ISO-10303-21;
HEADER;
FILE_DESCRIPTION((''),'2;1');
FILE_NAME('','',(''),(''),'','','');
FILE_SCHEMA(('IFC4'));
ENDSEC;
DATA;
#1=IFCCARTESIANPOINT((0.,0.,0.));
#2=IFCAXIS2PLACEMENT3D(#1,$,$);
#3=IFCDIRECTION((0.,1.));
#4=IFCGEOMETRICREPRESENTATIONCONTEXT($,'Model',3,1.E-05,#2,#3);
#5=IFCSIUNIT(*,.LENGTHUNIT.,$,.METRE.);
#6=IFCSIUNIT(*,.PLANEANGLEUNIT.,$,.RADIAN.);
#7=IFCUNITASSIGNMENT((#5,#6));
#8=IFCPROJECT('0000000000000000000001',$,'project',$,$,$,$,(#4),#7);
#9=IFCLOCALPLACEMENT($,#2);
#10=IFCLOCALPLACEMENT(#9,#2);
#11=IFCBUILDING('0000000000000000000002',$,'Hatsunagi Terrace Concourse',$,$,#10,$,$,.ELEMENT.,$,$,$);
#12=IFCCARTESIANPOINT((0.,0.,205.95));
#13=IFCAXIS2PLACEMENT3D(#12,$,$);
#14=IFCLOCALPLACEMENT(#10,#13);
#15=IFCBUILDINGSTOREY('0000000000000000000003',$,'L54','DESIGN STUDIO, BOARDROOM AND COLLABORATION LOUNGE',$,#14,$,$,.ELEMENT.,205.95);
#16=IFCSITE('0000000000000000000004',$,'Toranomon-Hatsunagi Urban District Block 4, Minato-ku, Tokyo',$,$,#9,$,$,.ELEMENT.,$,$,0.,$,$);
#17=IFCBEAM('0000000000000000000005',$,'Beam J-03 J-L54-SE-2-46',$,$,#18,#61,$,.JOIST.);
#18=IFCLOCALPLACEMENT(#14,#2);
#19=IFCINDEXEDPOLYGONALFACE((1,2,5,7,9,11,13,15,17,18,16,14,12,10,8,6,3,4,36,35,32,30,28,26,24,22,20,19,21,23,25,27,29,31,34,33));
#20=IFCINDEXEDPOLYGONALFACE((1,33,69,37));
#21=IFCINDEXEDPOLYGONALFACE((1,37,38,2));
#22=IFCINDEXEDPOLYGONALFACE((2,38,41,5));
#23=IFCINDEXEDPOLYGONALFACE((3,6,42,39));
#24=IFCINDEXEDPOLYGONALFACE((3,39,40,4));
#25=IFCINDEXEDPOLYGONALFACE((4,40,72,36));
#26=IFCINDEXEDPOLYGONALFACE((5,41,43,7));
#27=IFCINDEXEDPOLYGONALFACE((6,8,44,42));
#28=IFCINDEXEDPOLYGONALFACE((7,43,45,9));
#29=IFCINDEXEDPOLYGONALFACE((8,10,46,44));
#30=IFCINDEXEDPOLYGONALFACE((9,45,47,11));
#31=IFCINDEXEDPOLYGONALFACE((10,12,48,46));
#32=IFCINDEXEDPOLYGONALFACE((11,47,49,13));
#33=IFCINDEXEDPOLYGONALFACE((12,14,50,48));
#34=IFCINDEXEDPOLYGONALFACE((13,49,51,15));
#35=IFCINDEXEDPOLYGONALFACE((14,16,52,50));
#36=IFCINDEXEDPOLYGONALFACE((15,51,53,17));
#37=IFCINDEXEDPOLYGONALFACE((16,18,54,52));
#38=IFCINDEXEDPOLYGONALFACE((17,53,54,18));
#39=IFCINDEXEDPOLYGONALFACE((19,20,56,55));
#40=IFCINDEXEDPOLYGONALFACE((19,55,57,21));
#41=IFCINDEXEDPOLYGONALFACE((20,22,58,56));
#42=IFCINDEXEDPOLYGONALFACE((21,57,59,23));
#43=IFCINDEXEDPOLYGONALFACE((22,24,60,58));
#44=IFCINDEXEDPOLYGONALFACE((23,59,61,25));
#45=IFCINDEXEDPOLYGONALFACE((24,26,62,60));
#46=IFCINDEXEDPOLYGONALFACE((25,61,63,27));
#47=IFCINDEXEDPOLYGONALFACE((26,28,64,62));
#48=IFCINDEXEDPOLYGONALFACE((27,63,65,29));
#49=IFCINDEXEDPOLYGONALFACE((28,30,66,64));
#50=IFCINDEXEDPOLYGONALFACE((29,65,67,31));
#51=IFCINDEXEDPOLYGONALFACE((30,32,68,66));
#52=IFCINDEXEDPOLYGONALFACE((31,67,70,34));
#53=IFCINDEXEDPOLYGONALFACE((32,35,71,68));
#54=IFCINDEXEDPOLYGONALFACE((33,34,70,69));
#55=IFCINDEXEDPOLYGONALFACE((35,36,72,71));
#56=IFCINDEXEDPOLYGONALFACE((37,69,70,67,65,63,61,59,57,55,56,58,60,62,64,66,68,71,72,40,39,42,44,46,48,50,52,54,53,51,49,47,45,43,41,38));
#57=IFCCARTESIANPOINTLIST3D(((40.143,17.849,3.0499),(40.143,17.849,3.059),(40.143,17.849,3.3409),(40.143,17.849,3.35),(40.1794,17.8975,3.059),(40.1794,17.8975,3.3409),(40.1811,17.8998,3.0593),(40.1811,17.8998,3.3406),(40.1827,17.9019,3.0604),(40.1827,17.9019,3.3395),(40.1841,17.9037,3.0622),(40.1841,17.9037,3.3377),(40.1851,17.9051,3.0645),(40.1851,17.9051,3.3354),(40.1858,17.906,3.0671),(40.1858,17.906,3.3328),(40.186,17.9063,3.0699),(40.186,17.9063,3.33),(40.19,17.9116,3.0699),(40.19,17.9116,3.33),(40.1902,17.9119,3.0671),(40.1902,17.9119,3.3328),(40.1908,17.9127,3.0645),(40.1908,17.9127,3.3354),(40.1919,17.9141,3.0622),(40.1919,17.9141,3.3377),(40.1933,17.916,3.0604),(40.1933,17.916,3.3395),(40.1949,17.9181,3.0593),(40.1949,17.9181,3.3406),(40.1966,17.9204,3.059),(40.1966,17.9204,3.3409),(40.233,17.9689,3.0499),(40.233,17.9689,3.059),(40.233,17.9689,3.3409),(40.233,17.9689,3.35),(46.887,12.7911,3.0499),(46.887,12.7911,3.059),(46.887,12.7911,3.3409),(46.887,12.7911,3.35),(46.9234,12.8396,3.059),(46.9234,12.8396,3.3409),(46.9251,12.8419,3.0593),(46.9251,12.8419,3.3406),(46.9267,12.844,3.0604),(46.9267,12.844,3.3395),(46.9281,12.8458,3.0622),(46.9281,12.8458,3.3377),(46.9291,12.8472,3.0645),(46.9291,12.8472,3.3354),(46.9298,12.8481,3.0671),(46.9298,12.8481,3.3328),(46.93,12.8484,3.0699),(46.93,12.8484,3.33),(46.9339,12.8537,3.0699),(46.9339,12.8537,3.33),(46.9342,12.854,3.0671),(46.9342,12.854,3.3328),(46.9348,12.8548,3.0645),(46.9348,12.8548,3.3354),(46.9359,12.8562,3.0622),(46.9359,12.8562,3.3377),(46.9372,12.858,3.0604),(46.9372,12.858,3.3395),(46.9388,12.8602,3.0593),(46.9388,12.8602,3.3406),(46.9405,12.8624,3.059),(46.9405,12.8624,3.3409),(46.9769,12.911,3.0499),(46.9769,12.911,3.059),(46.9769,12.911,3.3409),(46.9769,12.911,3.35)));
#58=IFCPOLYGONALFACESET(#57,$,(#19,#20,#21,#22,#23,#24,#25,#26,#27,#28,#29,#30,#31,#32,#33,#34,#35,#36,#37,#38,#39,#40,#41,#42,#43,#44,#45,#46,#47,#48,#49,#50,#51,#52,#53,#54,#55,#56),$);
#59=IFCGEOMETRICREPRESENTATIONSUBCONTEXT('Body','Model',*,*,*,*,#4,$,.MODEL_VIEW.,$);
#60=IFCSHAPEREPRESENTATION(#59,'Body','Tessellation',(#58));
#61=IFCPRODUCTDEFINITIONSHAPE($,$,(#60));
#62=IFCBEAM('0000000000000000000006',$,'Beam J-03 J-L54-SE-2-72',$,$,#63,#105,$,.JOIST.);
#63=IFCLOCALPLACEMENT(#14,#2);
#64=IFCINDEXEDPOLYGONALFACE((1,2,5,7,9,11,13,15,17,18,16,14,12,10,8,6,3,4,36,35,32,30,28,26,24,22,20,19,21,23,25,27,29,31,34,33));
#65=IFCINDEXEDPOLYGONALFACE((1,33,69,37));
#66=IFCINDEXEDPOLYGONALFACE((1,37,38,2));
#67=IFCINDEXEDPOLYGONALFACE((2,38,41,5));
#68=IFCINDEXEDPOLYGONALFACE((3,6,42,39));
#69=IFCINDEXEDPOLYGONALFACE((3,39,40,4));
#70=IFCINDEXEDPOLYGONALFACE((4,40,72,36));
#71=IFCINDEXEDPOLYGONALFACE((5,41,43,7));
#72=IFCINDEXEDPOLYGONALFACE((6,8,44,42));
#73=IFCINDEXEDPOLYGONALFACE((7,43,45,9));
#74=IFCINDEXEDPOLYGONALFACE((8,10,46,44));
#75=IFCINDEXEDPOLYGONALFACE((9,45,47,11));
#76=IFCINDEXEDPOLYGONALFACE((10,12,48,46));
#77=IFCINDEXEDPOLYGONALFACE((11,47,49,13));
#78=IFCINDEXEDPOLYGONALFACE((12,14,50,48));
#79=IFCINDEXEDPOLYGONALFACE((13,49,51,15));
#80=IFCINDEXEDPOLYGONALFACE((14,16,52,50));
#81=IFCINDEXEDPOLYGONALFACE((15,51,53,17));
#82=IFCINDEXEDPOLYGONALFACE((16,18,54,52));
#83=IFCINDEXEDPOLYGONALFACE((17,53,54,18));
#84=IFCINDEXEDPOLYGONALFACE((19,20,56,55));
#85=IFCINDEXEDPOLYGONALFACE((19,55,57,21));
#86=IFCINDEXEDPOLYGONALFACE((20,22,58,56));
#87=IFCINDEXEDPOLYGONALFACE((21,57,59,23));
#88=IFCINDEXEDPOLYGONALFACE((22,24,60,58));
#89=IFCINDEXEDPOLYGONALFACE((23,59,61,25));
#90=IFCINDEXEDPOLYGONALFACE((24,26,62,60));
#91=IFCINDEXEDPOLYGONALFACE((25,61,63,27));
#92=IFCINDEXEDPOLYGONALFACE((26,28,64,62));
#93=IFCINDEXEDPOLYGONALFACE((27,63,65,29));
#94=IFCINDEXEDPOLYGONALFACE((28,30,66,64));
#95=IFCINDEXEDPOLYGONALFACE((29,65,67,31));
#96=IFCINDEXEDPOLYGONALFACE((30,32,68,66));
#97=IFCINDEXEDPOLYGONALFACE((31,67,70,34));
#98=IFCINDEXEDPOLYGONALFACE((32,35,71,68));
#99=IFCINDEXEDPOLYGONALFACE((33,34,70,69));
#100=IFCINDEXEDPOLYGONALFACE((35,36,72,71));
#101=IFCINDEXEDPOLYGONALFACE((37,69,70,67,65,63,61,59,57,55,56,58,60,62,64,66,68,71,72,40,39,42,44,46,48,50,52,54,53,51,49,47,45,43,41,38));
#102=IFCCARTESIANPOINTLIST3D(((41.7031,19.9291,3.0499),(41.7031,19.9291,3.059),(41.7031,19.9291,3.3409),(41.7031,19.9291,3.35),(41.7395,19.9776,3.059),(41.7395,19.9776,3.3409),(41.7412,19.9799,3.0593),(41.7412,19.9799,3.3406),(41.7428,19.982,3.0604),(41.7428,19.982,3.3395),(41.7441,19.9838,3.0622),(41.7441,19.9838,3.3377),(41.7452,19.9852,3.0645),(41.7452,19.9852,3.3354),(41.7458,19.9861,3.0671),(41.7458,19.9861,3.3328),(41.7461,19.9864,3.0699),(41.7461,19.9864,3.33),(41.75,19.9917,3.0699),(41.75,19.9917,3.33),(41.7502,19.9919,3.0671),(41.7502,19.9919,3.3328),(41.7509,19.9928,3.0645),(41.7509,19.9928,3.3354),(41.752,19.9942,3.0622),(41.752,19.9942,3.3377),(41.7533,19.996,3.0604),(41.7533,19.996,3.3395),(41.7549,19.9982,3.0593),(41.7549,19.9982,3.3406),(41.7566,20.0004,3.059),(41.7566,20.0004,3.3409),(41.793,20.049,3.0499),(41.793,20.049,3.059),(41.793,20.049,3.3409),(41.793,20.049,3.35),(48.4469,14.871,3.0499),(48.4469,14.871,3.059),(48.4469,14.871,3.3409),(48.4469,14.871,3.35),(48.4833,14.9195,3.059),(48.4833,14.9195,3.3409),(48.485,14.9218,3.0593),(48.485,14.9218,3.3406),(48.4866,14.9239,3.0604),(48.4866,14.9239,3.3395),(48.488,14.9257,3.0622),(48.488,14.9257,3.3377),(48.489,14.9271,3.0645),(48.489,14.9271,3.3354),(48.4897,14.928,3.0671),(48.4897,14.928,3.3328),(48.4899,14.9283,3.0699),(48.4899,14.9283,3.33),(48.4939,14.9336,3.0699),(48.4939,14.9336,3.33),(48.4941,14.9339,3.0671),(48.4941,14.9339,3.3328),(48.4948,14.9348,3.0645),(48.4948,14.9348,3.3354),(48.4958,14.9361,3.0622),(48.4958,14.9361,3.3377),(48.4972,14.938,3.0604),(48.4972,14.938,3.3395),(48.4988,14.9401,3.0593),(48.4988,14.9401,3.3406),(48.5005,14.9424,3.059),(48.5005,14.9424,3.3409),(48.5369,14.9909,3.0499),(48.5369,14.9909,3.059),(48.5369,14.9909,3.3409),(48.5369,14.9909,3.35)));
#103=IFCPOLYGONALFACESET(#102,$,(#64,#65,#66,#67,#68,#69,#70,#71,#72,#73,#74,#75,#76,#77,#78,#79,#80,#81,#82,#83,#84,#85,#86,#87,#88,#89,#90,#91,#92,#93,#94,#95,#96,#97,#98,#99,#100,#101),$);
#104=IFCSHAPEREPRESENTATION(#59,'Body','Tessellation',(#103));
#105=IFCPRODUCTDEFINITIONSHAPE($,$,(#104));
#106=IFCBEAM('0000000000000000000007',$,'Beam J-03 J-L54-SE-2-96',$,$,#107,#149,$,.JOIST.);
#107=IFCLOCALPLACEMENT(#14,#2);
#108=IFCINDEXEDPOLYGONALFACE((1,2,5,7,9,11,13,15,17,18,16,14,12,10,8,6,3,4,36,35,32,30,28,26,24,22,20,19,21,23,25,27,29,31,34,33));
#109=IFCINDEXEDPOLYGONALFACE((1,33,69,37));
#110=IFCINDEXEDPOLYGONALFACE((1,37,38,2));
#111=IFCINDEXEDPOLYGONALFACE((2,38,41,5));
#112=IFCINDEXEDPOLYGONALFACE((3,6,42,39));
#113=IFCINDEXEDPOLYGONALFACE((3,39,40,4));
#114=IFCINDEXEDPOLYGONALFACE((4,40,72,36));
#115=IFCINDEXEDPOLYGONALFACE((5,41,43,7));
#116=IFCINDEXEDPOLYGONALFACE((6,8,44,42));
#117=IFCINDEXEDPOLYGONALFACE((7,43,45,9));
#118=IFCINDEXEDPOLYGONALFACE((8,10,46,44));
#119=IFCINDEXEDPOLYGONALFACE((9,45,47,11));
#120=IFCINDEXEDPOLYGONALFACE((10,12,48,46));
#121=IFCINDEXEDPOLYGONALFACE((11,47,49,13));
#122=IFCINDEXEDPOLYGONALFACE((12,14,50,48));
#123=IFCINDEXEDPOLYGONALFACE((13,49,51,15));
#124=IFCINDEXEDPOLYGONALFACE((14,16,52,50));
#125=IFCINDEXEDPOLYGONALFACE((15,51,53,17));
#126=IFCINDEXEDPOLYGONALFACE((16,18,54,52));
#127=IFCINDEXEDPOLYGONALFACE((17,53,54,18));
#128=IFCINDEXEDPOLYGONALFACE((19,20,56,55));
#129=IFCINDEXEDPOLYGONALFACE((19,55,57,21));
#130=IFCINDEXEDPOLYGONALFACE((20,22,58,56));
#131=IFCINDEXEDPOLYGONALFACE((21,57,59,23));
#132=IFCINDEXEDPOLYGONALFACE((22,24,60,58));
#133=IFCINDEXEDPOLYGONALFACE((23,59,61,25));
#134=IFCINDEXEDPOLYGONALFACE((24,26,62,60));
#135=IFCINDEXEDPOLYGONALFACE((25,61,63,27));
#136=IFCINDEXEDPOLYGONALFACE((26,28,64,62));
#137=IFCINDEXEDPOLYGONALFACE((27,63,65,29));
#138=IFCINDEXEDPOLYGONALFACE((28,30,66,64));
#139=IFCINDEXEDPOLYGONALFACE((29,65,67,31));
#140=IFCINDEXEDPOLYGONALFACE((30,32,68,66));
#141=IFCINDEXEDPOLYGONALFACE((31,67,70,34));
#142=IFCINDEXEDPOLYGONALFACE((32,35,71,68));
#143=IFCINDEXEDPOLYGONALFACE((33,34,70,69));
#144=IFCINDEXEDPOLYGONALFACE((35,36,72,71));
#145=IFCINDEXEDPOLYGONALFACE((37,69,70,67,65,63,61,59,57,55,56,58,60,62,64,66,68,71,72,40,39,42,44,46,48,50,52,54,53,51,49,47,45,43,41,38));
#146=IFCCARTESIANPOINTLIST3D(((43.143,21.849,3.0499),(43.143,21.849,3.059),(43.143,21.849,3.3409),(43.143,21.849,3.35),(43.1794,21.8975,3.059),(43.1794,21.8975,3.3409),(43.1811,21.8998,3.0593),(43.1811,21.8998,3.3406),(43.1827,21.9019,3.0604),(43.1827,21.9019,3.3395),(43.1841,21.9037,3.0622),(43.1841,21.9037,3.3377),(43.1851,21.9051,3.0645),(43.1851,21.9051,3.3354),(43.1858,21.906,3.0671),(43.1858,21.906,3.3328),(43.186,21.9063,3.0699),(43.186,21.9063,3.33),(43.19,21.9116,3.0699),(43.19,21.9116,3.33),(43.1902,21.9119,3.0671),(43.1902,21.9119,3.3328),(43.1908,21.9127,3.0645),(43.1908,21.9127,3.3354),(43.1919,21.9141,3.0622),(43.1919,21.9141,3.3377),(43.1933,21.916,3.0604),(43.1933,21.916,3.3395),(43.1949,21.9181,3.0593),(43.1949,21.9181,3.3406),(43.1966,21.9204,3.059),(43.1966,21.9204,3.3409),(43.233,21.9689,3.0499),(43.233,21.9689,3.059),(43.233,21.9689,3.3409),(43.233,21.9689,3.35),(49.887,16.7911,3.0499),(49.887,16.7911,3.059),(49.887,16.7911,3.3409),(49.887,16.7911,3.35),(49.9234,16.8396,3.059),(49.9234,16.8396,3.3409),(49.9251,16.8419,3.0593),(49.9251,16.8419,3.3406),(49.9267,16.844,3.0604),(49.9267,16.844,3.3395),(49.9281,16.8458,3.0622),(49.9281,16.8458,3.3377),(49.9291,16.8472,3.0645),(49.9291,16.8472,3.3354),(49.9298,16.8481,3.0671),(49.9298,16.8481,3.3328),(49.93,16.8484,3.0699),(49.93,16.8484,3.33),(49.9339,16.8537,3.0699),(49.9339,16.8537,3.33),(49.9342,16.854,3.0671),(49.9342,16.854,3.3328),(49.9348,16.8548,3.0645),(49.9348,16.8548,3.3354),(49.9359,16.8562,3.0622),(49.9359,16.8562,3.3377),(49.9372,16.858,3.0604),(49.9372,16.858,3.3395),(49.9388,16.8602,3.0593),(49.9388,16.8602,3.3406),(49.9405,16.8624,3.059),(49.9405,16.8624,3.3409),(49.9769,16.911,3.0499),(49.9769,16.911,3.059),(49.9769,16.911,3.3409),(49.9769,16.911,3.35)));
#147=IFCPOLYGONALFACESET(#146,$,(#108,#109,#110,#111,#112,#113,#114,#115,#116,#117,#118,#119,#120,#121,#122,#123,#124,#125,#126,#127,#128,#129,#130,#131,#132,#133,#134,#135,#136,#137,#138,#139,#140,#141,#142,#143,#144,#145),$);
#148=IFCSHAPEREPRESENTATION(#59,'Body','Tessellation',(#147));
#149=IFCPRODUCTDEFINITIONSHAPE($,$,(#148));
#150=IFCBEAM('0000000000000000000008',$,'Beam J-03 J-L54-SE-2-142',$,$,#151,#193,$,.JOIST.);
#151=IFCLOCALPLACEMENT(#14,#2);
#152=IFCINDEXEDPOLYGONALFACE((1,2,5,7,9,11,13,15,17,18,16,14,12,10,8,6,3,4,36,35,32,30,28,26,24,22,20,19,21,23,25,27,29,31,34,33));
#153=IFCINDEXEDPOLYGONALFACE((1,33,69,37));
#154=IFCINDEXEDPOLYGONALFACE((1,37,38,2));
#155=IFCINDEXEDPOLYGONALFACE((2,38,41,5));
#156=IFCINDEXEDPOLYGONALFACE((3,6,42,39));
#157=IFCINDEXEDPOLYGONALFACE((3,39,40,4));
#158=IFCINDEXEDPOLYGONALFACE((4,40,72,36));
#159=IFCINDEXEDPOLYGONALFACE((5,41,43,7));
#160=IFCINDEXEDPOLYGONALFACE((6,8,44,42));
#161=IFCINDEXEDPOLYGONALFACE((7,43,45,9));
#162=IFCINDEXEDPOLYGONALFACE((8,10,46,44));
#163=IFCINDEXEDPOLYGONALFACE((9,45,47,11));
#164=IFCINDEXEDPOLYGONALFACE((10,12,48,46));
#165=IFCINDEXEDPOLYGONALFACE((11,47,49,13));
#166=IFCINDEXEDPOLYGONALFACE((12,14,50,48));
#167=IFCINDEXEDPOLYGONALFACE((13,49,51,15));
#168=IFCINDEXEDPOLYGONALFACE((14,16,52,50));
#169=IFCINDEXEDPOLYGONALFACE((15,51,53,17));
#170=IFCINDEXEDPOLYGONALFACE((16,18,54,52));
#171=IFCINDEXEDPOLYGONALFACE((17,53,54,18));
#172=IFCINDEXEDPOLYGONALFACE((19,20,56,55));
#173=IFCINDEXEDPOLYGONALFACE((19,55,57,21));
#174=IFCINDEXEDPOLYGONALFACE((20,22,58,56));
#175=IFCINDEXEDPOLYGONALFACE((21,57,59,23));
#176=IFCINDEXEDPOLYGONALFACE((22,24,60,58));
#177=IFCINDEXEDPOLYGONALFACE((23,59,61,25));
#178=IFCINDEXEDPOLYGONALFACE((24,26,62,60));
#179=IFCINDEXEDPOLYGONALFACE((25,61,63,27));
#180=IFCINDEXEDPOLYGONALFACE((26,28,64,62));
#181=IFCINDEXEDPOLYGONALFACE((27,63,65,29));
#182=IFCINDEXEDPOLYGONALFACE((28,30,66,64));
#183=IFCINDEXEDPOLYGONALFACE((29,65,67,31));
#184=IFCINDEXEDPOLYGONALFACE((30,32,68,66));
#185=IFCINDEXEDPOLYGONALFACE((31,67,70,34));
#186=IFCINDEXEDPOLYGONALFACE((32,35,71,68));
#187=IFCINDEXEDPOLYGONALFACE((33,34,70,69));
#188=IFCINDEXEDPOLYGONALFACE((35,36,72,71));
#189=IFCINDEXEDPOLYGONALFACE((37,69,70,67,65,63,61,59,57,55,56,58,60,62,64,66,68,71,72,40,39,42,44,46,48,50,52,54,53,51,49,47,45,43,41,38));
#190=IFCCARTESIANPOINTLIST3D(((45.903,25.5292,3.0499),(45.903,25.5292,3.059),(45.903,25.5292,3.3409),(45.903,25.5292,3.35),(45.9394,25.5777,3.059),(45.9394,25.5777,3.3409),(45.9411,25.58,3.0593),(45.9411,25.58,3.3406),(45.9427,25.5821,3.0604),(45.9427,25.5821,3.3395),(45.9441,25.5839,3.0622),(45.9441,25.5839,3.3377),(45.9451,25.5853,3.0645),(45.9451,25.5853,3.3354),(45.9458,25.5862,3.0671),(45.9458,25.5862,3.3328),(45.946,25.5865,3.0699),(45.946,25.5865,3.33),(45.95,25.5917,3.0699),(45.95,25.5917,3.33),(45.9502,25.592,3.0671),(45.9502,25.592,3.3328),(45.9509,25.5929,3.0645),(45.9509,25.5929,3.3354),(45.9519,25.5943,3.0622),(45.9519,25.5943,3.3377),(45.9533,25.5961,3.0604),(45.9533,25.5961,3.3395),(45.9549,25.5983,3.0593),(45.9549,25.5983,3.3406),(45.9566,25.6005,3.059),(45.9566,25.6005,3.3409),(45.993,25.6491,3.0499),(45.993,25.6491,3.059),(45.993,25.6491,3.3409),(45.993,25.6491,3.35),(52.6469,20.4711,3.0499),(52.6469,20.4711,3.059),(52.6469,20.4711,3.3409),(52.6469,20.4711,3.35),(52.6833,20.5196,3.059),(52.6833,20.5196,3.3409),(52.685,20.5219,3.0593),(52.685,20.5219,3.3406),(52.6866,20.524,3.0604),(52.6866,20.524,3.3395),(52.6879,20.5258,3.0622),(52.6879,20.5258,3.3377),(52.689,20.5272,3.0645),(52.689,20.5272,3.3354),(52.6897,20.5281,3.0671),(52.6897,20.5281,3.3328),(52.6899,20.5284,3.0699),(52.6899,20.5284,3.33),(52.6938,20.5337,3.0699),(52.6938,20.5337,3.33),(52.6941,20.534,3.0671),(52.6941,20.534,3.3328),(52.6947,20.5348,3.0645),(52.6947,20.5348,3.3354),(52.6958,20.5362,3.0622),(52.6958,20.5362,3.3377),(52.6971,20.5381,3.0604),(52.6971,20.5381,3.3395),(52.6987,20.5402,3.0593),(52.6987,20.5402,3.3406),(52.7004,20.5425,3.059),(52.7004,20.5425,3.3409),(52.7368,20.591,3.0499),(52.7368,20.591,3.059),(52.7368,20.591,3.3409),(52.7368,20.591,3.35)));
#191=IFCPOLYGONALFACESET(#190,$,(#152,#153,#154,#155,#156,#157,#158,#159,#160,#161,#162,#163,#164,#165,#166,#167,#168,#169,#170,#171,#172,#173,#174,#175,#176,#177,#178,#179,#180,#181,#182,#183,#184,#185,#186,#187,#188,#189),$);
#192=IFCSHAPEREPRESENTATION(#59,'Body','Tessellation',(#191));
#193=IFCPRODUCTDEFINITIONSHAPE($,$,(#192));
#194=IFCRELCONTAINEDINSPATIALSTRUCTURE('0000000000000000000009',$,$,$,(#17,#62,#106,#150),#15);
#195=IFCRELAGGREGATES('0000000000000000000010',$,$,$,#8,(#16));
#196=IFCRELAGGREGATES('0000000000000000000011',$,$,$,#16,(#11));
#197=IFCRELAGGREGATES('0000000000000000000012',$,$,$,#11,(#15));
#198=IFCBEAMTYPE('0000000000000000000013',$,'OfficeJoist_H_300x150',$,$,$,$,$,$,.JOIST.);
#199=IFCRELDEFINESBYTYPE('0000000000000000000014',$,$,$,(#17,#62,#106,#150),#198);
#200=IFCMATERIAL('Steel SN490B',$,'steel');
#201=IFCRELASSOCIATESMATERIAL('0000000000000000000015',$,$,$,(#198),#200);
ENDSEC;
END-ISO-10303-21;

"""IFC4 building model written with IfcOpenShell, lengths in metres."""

from ifc_helpers import new_model, si_unit, direction, frame, origin, origin_2d, place, context, subcontext, project, spatial, i_section, extrude, material, material_profile, profile_set, type_object, element, save


model = new_model("IFC4")

# Units and contexts
model_context = context("Model", 3, precision=1e-05, world=origin(), true_north=direction((0.0, 1.0)))
body_context = subcontext(model_context, "Body", "Model", "MODEL_VIEW")
ifc_project = project(units=[si_unit("LENGTHUNIT", "METRE"), si_unit("PLANEANGLEUNIT", "RADIAN")], contexts=[model_context])

# Site, building, storey
site_placement = place(None, origin())
site = spatial("IfcSite", under=ifc_project, at=site_placement, Name="Toranomon-Hatsunagi Urban District Block 4, Minato-ku, Tokyo", CompositionType="ELEMENT", RefElevation=0.0)
building_placement = place(site_placement, origin())
building = spatial("IfcBuilding", under=site, at=building_placement, Name="Hatsunagi Terrace Concourse", CompositionType="ELEMENT")
storey_placement = place(building_placement, frame((0.0, 0.0, 205.95)))
storey = spatial("IfcBuildingStorey", under=building, at=storey_placement, Name="L54", Description="DESIGN STUDIO, BOARDROOM AND COLLABORATION LOUNGE", CompositionType="ELEMENT", Elevation=205.95)

# Beams
ifc_material_1 = material(Name="Steel SN490B", Category="steel")
ifc_material_profile_1 = material_profile(ifc_material_1, i_section(OverallWidth=0.1499, OverallDepth=0.3, WebThickness=0.0066, FlangeThickness=0.009, FilletRadius=0.011, at=origin_2d()), Name="H-300x150x6.5x9")
ifc_profile_set_1 = profile_set([ifc_material_profile_1], Name="Steel SN490B")
beam_type_1 = type_object("IfcBeamType", Name="OfficeJoist_H_300x150", PredefinedType="JOIST", material=ifc_profile_set_1)
for number, where, z_axis, x_axis, name in (
    (1, (40.188, 17.9089, 3.2), (0.800003, -0.599995, 0.0), (0.599995, 0.800003, 0.0), "Beam J-03 J-L54-SE-2-46"),
    (2, (41.748, 19.989, 3.2), (0.79999, -0.600014, 0.0), (0.600014, 0.79999, 0.0), "Beam J-03 J-L54-SE-2-72"),
    (3, (43.188, 21.9089, 3.2), (0.800003, -0.599995, 0.0), (0.599995, 0.800003, 0.0), "Beam J-03 J-L54-SE-2-96"),
    (4, (45.948, 25.5891, 3.2), (0.79999, -0.600014, 0.0), (0.600014, 0.79999, 0.0), "Beam J-03 J-L54-SE-2-142"),
):
    element("IfcBeam", number, at=place(storey_placement, frame(where, z_axis=z_axis, x_axis=x_axis)), inside=storey, type_object=beam_type_1, Name=name, PredefinedType="JOIST", context=body_context, shape_type="SweptSolid", body=[
        extrude(i_section(OverallWidth=0.1499, OverallDepth=0.3, WebThickness=0.0066, FlangeThickness=0.009, FilletRadius=0.011, at=origin_2d()), origin(), (0.0, 0.0, 1.0), 8.4299),
    ])

save(model, "model.ifc")
